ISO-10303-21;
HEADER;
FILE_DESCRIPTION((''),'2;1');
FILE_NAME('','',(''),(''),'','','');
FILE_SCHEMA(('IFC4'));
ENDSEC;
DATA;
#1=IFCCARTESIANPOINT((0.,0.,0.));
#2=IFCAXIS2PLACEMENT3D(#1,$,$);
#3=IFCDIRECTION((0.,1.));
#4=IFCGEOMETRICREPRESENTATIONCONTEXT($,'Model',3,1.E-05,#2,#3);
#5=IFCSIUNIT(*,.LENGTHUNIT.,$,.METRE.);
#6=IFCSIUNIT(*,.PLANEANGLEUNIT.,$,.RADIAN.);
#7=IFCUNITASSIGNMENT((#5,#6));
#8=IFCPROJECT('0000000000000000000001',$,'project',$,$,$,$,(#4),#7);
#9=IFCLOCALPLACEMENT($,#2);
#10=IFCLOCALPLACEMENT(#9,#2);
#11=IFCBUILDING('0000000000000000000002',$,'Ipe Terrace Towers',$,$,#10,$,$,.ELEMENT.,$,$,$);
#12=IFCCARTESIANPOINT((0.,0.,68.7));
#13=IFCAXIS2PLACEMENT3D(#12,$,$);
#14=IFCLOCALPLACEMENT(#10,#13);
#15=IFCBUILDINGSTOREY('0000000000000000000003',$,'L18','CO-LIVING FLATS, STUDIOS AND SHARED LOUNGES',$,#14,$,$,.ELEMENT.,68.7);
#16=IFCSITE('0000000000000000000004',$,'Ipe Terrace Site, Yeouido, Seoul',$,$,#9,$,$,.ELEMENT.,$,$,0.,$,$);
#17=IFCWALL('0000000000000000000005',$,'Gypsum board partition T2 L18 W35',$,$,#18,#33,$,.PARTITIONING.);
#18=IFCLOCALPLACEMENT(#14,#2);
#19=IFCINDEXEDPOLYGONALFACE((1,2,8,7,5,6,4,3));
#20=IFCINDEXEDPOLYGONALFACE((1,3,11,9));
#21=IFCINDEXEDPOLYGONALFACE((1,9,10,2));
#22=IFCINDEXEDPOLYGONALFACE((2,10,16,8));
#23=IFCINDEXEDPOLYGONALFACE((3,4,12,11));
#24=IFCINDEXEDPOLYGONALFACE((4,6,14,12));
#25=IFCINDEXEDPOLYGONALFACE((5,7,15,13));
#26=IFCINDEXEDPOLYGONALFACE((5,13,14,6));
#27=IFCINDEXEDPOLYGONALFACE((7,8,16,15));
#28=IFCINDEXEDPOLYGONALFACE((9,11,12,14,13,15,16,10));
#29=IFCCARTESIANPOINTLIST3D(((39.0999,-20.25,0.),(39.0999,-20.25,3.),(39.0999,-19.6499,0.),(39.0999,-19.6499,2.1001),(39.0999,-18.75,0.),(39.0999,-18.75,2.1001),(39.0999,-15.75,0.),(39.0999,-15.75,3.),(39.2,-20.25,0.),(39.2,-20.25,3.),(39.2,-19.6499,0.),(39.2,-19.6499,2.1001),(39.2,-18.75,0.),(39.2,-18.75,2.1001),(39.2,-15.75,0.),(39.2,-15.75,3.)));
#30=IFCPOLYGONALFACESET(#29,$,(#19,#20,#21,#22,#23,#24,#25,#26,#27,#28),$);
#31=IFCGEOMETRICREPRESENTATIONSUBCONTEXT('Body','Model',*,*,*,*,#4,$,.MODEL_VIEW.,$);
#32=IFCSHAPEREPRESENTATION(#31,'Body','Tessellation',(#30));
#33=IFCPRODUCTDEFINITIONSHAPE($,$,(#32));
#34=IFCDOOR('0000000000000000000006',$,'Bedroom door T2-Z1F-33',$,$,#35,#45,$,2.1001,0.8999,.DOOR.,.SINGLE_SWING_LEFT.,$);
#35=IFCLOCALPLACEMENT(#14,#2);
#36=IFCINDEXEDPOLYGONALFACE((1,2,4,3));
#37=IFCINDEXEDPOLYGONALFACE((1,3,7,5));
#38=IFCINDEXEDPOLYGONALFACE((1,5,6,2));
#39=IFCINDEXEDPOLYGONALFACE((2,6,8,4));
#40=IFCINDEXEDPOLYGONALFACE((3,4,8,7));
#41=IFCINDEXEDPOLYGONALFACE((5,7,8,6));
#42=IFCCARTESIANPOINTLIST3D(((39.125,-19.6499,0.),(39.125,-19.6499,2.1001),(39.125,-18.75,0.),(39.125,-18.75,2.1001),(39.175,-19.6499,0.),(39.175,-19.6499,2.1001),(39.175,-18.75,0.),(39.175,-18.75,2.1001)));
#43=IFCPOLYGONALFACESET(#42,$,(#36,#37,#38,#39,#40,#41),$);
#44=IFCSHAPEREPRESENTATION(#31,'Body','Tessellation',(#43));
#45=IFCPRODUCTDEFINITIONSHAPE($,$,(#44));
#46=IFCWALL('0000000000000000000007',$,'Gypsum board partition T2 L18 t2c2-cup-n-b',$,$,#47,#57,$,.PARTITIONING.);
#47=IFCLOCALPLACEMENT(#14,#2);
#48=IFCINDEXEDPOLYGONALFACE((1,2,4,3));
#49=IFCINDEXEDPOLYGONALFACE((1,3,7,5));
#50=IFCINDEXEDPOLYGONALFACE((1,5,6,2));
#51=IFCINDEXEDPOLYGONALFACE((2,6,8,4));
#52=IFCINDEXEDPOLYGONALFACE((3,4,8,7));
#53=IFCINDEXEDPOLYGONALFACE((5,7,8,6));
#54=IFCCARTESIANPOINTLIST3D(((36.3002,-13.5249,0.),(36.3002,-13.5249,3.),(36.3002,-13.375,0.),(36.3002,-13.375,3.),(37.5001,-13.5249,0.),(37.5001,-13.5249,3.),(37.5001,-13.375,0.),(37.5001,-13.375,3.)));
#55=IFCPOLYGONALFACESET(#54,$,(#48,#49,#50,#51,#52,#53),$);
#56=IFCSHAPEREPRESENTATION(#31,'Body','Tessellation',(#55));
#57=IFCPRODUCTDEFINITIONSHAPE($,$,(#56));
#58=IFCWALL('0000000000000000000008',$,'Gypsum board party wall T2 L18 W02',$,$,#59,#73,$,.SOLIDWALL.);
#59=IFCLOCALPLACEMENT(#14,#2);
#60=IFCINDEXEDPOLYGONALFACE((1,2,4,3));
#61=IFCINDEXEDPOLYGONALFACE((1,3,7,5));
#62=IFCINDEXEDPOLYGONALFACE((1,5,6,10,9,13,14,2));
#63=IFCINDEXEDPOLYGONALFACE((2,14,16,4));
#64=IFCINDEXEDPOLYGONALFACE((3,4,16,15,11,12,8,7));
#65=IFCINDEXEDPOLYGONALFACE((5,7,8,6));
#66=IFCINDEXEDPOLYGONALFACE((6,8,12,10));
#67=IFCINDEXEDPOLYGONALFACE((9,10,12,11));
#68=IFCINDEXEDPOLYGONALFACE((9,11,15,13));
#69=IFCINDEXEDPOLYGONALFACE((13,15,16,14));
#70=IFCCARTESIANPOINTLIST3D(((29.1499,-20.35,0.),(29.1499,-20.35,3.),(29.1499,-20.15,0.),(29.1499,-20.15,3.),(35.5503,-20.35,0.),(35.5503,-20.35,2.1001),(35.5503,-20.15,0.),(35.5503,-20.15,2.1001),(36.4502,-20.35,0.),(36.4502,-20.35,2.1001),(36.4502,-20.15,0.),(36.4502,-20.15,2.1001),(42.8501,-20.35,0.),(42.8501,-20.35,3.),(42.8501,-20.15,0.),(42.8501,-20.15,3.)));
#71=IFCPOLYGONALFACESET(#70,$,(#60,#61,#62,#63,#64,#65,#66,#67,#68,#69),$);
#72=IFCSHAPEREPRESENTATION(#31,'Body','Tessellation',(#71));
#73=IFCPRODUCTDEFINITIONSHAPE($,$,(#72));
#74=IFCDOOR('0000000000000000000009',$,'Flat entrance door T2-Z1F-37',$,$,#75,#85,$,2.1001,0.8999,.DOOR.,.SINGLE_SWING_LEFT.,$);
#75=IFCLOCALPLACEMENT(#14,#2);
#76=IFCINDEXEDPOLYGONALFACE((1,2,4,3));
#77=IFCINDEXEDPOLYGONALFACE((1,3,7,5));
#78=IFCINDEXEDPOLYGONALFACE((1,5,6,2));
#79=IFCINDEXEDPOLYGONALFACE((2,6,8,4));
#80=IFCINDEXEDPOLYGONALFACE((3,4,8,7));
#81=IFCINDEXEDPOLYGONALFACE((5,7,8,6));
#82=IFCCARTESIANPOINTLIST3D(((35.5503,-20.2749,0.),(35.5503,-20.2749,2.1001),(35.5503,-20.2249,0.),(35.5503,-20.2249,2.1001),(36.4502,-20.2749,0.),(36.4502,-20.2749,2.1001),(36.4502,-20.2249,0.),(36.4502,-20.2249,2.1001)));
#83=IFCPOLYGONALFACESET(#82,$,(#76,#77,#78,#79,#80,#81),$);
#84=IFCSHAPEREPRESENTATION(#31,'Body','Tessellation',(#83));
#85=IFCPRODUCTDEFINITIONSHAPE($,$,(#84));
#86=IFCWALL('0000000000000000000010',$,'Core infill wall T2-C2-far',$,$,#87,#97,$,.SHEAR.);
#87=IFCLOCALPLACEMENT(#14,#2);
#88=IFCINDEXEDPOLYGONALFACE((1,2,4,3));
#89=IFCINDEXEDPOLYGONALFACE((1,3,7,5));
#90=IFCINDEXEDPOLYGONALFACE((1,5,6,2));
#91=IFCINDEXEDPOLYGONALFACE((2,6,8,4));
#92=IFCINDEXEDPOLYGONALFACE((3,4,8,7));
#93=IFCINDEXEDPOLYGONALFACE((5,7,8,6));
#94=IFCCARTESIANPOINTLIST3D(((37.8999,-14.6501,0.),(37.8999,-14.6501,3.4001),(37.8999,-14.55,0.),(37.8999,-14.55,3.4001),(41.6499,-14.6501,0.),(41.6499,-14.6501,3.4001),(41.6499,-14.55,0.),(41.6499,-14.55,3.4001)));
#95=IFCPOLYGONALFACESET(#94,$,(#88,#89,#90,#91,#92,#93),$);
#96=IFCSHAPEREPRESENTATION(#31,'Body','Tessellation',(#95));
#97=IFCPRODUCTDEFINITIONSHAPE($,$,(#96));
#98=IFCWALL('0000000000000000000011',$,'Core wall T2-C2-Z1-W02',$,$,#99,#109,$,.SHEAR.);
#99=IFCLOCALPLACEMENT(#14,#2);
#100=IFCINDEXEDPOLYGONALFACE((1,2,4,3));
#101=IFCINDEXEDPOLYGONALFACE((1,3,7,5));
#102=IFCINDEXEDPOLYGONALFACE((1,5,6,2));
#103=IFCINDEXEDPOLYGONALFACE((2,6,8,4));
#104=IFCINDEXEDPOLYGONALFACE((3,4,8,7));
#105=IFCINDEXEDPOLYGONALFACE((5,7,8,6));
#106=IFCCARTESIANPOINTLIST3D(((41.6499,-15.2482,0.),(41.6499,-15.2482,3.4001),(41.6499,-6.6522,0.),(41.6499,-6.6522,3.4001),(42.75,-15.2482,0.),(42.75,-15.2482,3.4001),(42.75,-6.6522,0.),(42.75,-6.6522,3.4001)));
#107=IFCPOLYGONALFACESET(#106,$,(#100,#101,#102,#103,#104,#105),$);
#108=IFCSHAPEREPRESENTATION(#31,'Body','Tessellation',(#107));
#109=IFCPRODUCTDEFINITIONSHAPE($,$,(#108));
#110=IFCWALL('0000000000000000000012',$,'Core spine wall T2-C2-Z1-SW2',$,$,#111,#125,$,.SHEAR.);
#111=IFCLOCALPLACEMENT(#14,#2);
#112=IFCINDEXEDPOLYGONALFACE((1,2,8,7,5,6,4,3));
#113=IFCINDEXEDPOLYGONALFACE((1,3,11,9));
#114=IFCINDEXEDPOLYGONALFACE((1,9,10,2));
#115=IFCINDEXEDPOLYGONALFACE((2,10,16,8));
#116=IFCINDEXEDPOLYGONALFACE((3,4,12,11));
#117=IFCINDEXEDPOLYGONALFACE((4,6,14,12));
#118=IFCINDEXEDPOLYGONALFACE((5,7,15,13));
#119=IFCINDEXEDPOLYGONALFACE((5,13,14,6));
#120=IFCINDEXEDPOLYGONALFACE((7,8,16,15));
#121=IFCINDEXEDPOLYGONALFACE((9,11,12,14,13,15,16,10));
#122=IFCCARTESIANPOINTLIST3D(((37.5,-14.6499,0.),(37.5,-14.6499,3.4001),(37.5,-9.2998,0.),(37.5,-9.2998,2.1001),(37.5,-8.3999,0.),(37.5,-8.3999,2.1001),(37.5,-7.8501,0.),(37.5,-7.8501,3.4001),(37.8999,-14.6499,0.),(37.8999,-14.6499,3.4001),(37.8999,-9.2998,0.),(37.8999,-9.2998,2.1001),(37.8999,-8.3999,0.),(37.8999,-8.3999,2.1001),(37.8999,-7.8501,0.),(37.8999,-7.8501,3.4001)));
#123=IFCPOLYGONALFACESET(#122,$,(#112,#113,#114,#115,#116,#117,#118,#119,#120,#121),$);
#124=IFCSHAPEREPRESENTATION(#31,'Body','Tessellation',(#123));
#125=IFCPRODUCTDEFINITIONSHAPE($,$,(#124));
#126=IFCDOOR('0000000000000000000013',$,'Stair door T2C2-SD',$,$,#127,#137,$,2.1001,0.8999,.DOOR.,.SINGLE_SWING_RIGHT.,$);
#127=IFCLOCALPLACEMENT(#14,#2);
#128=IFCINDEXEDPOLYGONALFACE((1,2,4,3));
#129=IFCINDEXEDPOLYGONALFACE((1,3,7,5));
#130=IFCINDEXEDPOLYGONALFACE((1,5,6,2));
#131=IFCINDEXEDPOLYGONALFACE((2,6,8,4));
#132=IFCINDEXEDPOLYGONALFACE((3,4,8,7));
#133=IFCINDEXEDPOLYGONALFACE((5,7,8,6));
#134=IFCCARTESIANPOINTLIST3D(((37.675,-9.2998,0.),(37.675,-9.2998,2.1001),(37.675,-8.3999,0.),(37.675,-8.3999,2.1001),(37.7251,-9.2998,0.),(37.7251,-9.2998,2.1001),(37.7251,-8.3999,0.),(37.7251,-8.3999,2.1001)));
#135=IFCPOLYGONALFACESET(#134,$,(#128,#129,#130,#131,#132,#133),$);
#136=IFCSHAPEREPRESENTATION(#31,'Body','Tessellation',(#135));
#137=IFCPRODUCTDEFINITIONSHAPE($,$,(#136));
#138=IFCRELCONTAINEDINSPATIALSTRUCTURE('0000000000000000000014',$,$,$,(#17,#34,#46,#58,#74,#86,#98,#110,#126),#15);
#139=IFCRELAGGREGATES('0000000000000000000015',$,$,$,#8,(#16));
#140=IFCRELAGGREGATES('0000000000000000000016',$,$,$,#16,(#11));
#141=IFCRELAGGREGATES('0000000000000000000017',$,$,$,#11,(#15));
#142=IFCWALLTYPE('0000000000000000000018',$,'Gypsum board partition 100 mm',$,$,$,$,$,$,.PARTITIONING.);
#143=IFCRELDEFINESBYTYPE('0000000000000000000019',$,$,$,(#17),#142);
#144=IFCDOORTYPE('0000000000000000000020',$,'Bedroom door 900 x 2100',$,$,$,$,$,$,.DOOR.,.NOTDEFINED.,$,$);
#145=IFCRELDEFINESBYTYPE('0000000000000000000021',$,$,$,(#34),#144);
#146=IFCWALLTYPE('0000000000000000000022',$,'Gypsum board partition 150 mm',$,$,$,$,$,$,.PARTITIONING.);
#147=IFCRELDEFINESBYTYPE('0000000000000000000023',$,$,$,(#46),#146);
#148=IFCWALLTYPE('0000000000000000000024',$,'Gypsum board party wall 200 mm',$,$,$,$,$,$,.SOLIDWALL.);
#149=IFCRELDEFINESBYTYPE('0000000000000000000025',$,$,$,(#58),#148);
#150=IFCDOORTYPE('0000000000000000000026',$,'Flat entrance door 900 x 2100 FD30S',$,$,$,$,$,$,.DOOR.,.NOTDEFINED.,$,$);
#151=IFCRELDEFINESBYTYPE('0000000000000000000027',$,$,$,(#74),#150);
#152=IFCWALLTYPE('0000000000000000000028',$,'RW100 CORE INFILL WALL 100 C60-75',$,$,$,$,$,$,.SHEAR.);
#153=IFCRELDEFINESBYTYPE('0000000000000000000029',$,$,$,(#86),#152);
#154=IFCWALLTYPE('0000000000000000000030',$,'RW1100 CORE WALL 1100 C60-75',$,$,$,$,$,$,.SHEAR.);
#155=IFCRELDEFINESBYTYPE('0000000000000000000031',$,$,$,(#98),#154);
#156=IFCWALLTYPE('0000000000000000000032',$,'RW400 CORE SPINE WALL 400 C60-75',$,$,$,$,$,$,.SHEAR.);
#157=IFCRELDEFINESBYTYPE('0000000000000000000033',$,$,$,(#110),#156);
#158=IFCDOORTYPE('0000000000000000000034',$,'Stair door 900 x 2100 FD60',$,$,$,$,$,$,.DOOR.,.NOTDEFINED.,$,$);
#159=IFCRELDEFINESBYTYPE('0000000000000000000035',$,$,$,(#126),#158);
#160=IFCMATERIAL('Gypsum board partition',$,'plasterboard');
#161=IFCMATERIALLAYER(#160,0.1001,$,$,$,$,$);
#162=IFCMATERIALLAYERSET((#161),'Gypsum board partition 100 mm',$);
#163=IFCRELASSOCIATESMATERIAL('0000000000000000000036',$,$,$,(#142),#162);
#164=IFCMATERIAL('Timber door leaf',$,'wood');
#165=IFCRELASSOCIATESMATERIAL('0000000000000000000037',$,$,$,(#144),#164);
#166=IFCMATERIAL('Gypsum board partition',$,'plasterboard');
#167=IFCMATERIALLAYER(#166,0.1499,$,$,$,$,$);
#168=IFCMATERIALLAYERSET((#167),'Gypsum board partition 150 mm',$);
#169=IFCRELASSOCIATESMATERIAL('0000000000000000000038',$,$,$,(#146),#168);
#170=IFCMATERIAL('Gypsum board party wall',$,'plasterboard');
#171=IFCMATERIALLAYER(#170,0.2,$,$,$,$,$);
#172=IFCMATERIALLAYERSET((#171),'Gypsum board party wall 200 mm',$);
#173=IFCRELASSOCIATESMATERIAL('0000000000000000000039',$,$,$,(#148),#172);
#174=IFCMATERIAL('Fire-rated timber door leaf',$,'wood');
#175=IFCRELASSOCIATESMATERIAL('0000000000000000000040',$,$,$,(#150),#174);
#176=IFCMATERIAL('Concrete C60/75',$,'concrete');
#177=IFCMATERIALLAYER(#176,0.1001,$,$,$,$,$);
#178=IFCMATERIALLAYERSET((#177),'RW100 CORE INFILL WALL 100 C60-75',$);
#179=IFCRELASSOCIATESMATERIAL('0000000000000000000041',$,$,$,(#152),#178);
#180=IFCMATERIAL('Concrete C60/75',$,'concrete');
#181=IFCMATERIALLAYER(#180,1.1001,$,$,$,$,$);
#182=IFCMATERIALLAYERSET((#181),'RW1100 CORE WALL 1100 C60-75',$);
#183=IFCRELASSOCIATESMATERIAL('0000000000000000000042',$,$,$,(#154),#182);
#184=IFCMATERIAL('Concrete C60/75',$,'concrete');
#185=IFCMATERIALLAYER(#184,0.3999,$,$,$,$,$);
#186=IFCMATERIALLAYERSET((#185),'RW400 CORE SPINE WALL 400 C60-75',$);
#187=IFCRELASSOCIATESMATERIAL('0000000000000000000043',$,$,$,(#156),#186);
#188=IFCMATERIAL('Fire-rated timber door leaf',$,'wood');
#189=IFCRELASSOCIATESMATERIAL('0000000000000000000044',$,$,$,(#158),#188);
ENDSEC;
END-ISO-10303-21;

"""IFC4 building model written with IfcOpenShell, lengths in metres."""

from ifc_helpers import new_model, si_unit, direction, frame, frame_2d, origin, place, context, subcontext, project, spatial, rectangle, extrude, material, layer, layer_set, type_object, element, fill, save


model = new_model("IFC4")

# Units and contexts
model_context = context("Model", 3, precision=1e-05, world=origin(), true_north=direction((0.0, 1.0)))
body_context = subcontext(model_context, "Body", "Model", "MODEL_VIEW")
ifc_project = project(units=[si_unit("LENGTHUNIT", "METRE"), si_unit("PLANEANGLEUNIT", "RADIAN")], contexts=[model_context])

# Site, building, storey
site_placement = place(None, origin())
site = spatial("IfcSite", under=ifc_project, at=site_placement, Name="Ipe Terrace Site, Yeouido, Seoul", CompositionType="ELEMENT", RefElevation=0.0)
building_placement = place(site_placement, origin())
building = spatial("IfcBuilding", under=site, at=building_placement, Name="Ipe Terrace Towers", CompositionType="ELEMENT")
storey_placement = place(building_placement, frame((0.0, 0.0, 68.7)))
storey = spatial("IfcBuildingStorey", under=building, at=storey_placement, Name="L18", Description="CO-LIVING FLATS, STUDIOS AND SHARED LOUNGES", CompositionType="ELEMENT", Elevation=68.7)

# Wall, opening, door
ifc_material_1 = material(Name="Gypsum board partition", Category="plasterboard")
ifc_layer_1 = layer(ifc_material_1, 0.1001)
ifc_layer_set_1 = layer_set([ifc_layer_1], Name="Gypsum board partition 100 mm")
wall_type_1 = type_object("IfcWallType", Name="Gypsum board partition 100 mm", PredefinedType="PARTITIONING", material=ifc_layer_set_1)
wall_1_placement = place(storey_placement, frame((39.1499, -20.25, 0.0), z_axis=(0.0, 0.0, 1.0), x_axis=(0.0, 1.0, 0.0)))
wall_1 = element("IfcWall", 1, at=wall_1_placement, inside=storey, type_object=wall_type_1, Name="Gypsum board partition T2 L18 W35", PredefinedType="PARTITIONING", context=body_context, shape_type="SweptSolid", body=[
    extrude(rectangle(XDim=4.5, YDim=0.1001, at=frame_2d((2.25, 0.0))), origin(), (0.0, 0.0, 1.0), 3.0),
])
opening_1_placement = place(wall_1_placement, frame((0.6001, 0.0, 0.0)))
opening_1 = element("IfcOpeningElement", 2, at=opening_1_placement, cuts=wall_1, PredefinedType="OPENING", context=body_context, shape_type="SweptSolid", body=[
    extrude(rectangle(XDim=0.8999, YDim=2.1001, at=frame_2d((0.45, 1.05))), frame((0.0, 0.0601, 0.0), z_axis=(0.0, -1.0, 0.0), x_axis=(1.0, 0.0, 0.0)), (0.0, 0.0, 1.0), 0.1201),
])
ifc_material_2 = material(Name="Timber door leaf", Category="wood")
door_type_1 = type_object("IfcDoorType", Name="Bedroom door 900 x 2100", OperationType="NOTDEFINED", PredefinedType="DOOR", material=ifc_material_2)
door_1_placement = place(opening_1_placement, origin())
door_1 = element("IfcDoor", 3, at=door_1_placement, inside=storey, type_object=door_type_1, Name="Bedroom door T2-Z1F-33", OperationType="SINGLE_SWING_LEFT", OverallHeight=2.1001, OverallWidth=0.8999, PredefinedType="DOOR", context=body_context, shape_type="SweptSolid", body=[
    extrude(rectangle(XDim=0.8999, YDim=2.1001, at=frame_2d((0.45, 1.05))), frame((0.0, 0.0249, 0.0), z_axis=(0.0, -1.0, 0.0), x_axis=(1.0, 0.0, 0.0)), (0.0, 0.0, 1.0), 0.05),
])
fill(opening_1, door_1)

# Wall
ifc_material_3 = material(Name="Gypsum board partition", Category="plasterboard")
ifc_layer_2 = layer(ifc_material_3, 0.1499)
ifc_layer_set_2 = layer_set([ifc_layer_2], Name="Gypsum board partition 150 mm")
wall_type_2 = type_object("IfcWallType", Name="Gypsum board partition 150 mm", PredefinedType="PARTITIONING", material=ifc_layer_set_2)
wall_2_placement = place(storey_placement, frame((36.3, -13.45, 0.0), z_axis=(0.0, 0.0, 1.0), x_axis=(1.0, 0.0, 0.0)))
element("IfcWall", 4, at=wall_2_placement, inside=storey, type_object=wall_type_2, Name="Gypsum board partition T2 L18 t2c2-cup-n-b", PredefinedType="PARTITIONING", context=body_context, shape_type="SweptSolid", body=[
    extrude(rectangle(XDim=1.2, YDim=0.1499, at=frame_2d((0.6001, 0.0))), origin(), (0.0, 0.0, 1.0), 3.0),
])

# Wall, opening, door
ifc_material_4 = material(Name="Gypsum board party wall", Category="plasterboard")
ifc_layer_3 = layer(ifc_material_4, 0.2)
ifc_layer_set_3 = layer_set([ifc_layer_3], Name="Gypsum board party wall 200 mm")
wall_type_3 = type_object("IfcWallType", Name="Gypsum board party wall 200 mm", PredefinedType="SOLIDWALL", material=ifc_layer_set_3)
wall_3_placement = place(storey_placement, frame((42.8501, -20.25, 0.0), z_axis=(0.0, 0.0, 1.0), x_axis=(-1.0, 0.0, 0.0)))
wall_3 = element("IfcWall", 5, at=wall_3_placement, inside=storey, type_object=wall_type_3, Name="Gypsum board party wall T2 L18 W02", PredefinedType="SOLIDWALL", context=body_context, shape_type="SweptSolid", body=[
    extrude(rectangle(XDim=13.7002, YDim=0.2, at=frame_2d((6.8501, 0.0))), origin(), (0.0, 0.0, 1.0), 3.0),
])
opening_2_placement = place(wall_3_placement, frame((6.3999, 0.0, 0.0)))
opening_2 = element("IfcOpeningElement", 6, at=opening_2_placement, cuts=wall_3, PredefinedType="OPENING", context=body_context, shape_type="SweptSolid", body=[
    extrude(rectangle(XDim=0.8999, YDim=2.1001, at=frame_2d((0.45, 1.05))), frame((0.0, 0.1099, 0.0), z_axis=(0.0, -1.0, 0.0), x_axis=(1.0, 0.0, 0.0)), (0.0, 0.0, 1.0), 0.22),
])
ifc_material_5 = material(Name="Fire-rated timber door leaf", Category="wood")
door_type_2 = type_object("IfcDoorType", Name="Flat entrance door 900 x 2100 FD30S", OperationType="NOTDEFINED", PredefinedType="DOOR", material=ifc_material_5)
door_2_placement = place(opening_2_placement, origin())
door_2 = element("IfcDoor", 7, at=door_2_placement, inside=storey, type_object=door_type_2, Name="Flat entrance door T2-Z1F-37", OperationType="SINGLE_SWING_LEFT", OverallHeight=2.1001, OverallWidth=0.8999, PredefinedType="DOOR", context=body_context, shape_type="SweptSolid", body=[
    extrude(rectangle(XDim=0.8999, YDim=2.1001, at=frame_2d((0.45, 1.05))), frame((0.0, 0.0249, 0.0), z_axis=(0.0, -1.0, 0.0), x_axis=(1.0, 0.0, 0.0)), (0.0, 0.0, 1.0), 0.05),
])
fill(opening_2, door_2)

# Walls
ifc_material_6 = material(Name="Concrete C60/75", Category="concrete")
ifc_layer_4 = layer(ifc_material_6, 0.1001)
ifc_layer_set_4 = layer_set([ifc_layer_4], Name="RW100 CORE INFILL WALL 100 C60-75")
wall_type_4 = type_object("IfcWallType", Name="RW100 CORE INFILL WALL 100 C60-75", PredefinedType="SHEAR", material=ifc_layer_set_4)
wall_4_placement = place(storey_placement, frame((37.8999, -14.6001, 0.0), z_axis=(0.0, 0.0, 1.0), x_axis=(1.0, 0.0, 0.0)))
element("IfcWall", 8, at=wall_4_placement, inside=storey, type_object=wall_type_4, Name="Core infill wall T2-C2-far", PredefinedType="SHEAR", context=body_context, shape_type="SweptSolid", body=[
    extrude(rectangle(XDim=3.75, YDim=0.1001, at=frame_2d((1.875, 0.0))), origin(), (0.0, 0.0, 1.0), 3.4001),
])
ifc_material_7 = material(Name="Concrete C60/75", Category="concrete")
ifc_layer_5 = layer(ifc_material_7, 1.1001)
ifc_layer_set_5 = layer_set([ifc_layer_5], Name="RW1100 CORE WALL 1100 C60-75")
wall_type_5 = type_object("IfcWallType", Name="RW1100 CORE WALL 1100 C60-75", PredefinedType="SHEAR", material=ifc_layer_set_5)
wall_5_placement = place(storey_placement, frame((42.2, -15.248, 0.0), z_axis=(0.0, 0.0, 1.0), x_axis=(0.0, 1.0, 0.0)))
element("IfcWall", 9, at=wall_5_placement, inside=storey, type_object=wall_type_5, Name="Core wall T2-C2-Z1-W02", PredefinedType="SHEAR", context=body_context, shape_type="SweptSolid", body=[
    extrude(rectangle(XDim=8.5959, YDim=1.1001, at=frame_2d((4.2979, 0.0))), origin(), (0.0, 0.0, 1.0), 3.4001),
])

# Wall, opening, door
ifc_material_8 = material(Name="Concrete C60/75", Category="concrete")
ifc_layer_6 = layer(ifc_material_8, 0.3999)
ifc_layer_set_6 = layer_set([ifc_layer_6], Name="RW400 CORE SPINE WALL 400 C60-75")
wall_type_6 = type_object("IfcWallType", Name="RW400 CORE SPINE WALL 400 C60-75", PredefinedType="SHEAR", material=ifc_layer_set_6)
wall_6_placement = place(storey_placement, frame((37.7, -14.6499, 0.0), z_axis=(0.0, 0.0, 1.0), x_axis=(0.0, 1.0, 0.0)))
wall_6 = element("IfcWall", 10, at=wall_6_placement, inside=storey, type_object=wall_type_6, Name="Core spine wall T2-C2-Z1-SW2", PredefinedType="SHEAR", context=body_context, shape_type="SweptSolid", body=[
    extrude(rectangle(XDim=6.7998, YDim=0.3999, at=frame_2d((3.3999, 0.0))), origin(), (0.0, 0.0, 1.0), 3.4001),
])
opening_3_placement = place(wall_6_placement, frame((5.3501, 0.0, 0.0)))
opening_3 = element("IfcOpeningElement", 11, at=opening_3_placement, cuts=wall_6, PredefinedType="OPENING", context=body_context, shape_type="SweptSolid", body=[
    extrude(rectangle(XDim=0.8999, YDim=2.1001, at=frame_2d((0.45, 1.05))), frame((0.0, 0.21, 0.0), z_axis=(0.0, -1.0, 0.0), x_axis=(1.0, 0.0, 0.0)), (0.0, 0.0, 1.0), 0.4199),
])
ifc_material_9 = material(Name="Fire-rated timber door leaf", Category="wood")
door_type_3 = type_object("IfcDoorType", Name="Stair door 900 x 2100 FD60", OperationType="NOTDEFINED", PredefinedType="DOOR", material=ifc_material_9)
door_3_placement = place(opening_3_placement, origin())
door_3 = element("IfcDoor", 12, at=door_3_placement, inside=storey, type_object=door_type_3, Name="Stair door T2C2-SD", OperationType="SINGLE_SWING_RIGHT", OverallHeight=2.1001, OverallWidth=0.8999, PredefinedType="DOOR", context=body_context, shape_type="SweptSolid", body=[
    extrude(rectangle(XDim=0.8999, YDim=2.1001, at=frame_2d((0.45, 1.05))), frame((0.0, 0.0249, 0.0), z_axis=(0.0, -1.0, 0.0), x_axis=(1.0, 0.0, 0.0)), (0.0, 0.0, 1.0), 0.05),
])
fill(opening_3, door_3)

save(model, "model.ifc")
